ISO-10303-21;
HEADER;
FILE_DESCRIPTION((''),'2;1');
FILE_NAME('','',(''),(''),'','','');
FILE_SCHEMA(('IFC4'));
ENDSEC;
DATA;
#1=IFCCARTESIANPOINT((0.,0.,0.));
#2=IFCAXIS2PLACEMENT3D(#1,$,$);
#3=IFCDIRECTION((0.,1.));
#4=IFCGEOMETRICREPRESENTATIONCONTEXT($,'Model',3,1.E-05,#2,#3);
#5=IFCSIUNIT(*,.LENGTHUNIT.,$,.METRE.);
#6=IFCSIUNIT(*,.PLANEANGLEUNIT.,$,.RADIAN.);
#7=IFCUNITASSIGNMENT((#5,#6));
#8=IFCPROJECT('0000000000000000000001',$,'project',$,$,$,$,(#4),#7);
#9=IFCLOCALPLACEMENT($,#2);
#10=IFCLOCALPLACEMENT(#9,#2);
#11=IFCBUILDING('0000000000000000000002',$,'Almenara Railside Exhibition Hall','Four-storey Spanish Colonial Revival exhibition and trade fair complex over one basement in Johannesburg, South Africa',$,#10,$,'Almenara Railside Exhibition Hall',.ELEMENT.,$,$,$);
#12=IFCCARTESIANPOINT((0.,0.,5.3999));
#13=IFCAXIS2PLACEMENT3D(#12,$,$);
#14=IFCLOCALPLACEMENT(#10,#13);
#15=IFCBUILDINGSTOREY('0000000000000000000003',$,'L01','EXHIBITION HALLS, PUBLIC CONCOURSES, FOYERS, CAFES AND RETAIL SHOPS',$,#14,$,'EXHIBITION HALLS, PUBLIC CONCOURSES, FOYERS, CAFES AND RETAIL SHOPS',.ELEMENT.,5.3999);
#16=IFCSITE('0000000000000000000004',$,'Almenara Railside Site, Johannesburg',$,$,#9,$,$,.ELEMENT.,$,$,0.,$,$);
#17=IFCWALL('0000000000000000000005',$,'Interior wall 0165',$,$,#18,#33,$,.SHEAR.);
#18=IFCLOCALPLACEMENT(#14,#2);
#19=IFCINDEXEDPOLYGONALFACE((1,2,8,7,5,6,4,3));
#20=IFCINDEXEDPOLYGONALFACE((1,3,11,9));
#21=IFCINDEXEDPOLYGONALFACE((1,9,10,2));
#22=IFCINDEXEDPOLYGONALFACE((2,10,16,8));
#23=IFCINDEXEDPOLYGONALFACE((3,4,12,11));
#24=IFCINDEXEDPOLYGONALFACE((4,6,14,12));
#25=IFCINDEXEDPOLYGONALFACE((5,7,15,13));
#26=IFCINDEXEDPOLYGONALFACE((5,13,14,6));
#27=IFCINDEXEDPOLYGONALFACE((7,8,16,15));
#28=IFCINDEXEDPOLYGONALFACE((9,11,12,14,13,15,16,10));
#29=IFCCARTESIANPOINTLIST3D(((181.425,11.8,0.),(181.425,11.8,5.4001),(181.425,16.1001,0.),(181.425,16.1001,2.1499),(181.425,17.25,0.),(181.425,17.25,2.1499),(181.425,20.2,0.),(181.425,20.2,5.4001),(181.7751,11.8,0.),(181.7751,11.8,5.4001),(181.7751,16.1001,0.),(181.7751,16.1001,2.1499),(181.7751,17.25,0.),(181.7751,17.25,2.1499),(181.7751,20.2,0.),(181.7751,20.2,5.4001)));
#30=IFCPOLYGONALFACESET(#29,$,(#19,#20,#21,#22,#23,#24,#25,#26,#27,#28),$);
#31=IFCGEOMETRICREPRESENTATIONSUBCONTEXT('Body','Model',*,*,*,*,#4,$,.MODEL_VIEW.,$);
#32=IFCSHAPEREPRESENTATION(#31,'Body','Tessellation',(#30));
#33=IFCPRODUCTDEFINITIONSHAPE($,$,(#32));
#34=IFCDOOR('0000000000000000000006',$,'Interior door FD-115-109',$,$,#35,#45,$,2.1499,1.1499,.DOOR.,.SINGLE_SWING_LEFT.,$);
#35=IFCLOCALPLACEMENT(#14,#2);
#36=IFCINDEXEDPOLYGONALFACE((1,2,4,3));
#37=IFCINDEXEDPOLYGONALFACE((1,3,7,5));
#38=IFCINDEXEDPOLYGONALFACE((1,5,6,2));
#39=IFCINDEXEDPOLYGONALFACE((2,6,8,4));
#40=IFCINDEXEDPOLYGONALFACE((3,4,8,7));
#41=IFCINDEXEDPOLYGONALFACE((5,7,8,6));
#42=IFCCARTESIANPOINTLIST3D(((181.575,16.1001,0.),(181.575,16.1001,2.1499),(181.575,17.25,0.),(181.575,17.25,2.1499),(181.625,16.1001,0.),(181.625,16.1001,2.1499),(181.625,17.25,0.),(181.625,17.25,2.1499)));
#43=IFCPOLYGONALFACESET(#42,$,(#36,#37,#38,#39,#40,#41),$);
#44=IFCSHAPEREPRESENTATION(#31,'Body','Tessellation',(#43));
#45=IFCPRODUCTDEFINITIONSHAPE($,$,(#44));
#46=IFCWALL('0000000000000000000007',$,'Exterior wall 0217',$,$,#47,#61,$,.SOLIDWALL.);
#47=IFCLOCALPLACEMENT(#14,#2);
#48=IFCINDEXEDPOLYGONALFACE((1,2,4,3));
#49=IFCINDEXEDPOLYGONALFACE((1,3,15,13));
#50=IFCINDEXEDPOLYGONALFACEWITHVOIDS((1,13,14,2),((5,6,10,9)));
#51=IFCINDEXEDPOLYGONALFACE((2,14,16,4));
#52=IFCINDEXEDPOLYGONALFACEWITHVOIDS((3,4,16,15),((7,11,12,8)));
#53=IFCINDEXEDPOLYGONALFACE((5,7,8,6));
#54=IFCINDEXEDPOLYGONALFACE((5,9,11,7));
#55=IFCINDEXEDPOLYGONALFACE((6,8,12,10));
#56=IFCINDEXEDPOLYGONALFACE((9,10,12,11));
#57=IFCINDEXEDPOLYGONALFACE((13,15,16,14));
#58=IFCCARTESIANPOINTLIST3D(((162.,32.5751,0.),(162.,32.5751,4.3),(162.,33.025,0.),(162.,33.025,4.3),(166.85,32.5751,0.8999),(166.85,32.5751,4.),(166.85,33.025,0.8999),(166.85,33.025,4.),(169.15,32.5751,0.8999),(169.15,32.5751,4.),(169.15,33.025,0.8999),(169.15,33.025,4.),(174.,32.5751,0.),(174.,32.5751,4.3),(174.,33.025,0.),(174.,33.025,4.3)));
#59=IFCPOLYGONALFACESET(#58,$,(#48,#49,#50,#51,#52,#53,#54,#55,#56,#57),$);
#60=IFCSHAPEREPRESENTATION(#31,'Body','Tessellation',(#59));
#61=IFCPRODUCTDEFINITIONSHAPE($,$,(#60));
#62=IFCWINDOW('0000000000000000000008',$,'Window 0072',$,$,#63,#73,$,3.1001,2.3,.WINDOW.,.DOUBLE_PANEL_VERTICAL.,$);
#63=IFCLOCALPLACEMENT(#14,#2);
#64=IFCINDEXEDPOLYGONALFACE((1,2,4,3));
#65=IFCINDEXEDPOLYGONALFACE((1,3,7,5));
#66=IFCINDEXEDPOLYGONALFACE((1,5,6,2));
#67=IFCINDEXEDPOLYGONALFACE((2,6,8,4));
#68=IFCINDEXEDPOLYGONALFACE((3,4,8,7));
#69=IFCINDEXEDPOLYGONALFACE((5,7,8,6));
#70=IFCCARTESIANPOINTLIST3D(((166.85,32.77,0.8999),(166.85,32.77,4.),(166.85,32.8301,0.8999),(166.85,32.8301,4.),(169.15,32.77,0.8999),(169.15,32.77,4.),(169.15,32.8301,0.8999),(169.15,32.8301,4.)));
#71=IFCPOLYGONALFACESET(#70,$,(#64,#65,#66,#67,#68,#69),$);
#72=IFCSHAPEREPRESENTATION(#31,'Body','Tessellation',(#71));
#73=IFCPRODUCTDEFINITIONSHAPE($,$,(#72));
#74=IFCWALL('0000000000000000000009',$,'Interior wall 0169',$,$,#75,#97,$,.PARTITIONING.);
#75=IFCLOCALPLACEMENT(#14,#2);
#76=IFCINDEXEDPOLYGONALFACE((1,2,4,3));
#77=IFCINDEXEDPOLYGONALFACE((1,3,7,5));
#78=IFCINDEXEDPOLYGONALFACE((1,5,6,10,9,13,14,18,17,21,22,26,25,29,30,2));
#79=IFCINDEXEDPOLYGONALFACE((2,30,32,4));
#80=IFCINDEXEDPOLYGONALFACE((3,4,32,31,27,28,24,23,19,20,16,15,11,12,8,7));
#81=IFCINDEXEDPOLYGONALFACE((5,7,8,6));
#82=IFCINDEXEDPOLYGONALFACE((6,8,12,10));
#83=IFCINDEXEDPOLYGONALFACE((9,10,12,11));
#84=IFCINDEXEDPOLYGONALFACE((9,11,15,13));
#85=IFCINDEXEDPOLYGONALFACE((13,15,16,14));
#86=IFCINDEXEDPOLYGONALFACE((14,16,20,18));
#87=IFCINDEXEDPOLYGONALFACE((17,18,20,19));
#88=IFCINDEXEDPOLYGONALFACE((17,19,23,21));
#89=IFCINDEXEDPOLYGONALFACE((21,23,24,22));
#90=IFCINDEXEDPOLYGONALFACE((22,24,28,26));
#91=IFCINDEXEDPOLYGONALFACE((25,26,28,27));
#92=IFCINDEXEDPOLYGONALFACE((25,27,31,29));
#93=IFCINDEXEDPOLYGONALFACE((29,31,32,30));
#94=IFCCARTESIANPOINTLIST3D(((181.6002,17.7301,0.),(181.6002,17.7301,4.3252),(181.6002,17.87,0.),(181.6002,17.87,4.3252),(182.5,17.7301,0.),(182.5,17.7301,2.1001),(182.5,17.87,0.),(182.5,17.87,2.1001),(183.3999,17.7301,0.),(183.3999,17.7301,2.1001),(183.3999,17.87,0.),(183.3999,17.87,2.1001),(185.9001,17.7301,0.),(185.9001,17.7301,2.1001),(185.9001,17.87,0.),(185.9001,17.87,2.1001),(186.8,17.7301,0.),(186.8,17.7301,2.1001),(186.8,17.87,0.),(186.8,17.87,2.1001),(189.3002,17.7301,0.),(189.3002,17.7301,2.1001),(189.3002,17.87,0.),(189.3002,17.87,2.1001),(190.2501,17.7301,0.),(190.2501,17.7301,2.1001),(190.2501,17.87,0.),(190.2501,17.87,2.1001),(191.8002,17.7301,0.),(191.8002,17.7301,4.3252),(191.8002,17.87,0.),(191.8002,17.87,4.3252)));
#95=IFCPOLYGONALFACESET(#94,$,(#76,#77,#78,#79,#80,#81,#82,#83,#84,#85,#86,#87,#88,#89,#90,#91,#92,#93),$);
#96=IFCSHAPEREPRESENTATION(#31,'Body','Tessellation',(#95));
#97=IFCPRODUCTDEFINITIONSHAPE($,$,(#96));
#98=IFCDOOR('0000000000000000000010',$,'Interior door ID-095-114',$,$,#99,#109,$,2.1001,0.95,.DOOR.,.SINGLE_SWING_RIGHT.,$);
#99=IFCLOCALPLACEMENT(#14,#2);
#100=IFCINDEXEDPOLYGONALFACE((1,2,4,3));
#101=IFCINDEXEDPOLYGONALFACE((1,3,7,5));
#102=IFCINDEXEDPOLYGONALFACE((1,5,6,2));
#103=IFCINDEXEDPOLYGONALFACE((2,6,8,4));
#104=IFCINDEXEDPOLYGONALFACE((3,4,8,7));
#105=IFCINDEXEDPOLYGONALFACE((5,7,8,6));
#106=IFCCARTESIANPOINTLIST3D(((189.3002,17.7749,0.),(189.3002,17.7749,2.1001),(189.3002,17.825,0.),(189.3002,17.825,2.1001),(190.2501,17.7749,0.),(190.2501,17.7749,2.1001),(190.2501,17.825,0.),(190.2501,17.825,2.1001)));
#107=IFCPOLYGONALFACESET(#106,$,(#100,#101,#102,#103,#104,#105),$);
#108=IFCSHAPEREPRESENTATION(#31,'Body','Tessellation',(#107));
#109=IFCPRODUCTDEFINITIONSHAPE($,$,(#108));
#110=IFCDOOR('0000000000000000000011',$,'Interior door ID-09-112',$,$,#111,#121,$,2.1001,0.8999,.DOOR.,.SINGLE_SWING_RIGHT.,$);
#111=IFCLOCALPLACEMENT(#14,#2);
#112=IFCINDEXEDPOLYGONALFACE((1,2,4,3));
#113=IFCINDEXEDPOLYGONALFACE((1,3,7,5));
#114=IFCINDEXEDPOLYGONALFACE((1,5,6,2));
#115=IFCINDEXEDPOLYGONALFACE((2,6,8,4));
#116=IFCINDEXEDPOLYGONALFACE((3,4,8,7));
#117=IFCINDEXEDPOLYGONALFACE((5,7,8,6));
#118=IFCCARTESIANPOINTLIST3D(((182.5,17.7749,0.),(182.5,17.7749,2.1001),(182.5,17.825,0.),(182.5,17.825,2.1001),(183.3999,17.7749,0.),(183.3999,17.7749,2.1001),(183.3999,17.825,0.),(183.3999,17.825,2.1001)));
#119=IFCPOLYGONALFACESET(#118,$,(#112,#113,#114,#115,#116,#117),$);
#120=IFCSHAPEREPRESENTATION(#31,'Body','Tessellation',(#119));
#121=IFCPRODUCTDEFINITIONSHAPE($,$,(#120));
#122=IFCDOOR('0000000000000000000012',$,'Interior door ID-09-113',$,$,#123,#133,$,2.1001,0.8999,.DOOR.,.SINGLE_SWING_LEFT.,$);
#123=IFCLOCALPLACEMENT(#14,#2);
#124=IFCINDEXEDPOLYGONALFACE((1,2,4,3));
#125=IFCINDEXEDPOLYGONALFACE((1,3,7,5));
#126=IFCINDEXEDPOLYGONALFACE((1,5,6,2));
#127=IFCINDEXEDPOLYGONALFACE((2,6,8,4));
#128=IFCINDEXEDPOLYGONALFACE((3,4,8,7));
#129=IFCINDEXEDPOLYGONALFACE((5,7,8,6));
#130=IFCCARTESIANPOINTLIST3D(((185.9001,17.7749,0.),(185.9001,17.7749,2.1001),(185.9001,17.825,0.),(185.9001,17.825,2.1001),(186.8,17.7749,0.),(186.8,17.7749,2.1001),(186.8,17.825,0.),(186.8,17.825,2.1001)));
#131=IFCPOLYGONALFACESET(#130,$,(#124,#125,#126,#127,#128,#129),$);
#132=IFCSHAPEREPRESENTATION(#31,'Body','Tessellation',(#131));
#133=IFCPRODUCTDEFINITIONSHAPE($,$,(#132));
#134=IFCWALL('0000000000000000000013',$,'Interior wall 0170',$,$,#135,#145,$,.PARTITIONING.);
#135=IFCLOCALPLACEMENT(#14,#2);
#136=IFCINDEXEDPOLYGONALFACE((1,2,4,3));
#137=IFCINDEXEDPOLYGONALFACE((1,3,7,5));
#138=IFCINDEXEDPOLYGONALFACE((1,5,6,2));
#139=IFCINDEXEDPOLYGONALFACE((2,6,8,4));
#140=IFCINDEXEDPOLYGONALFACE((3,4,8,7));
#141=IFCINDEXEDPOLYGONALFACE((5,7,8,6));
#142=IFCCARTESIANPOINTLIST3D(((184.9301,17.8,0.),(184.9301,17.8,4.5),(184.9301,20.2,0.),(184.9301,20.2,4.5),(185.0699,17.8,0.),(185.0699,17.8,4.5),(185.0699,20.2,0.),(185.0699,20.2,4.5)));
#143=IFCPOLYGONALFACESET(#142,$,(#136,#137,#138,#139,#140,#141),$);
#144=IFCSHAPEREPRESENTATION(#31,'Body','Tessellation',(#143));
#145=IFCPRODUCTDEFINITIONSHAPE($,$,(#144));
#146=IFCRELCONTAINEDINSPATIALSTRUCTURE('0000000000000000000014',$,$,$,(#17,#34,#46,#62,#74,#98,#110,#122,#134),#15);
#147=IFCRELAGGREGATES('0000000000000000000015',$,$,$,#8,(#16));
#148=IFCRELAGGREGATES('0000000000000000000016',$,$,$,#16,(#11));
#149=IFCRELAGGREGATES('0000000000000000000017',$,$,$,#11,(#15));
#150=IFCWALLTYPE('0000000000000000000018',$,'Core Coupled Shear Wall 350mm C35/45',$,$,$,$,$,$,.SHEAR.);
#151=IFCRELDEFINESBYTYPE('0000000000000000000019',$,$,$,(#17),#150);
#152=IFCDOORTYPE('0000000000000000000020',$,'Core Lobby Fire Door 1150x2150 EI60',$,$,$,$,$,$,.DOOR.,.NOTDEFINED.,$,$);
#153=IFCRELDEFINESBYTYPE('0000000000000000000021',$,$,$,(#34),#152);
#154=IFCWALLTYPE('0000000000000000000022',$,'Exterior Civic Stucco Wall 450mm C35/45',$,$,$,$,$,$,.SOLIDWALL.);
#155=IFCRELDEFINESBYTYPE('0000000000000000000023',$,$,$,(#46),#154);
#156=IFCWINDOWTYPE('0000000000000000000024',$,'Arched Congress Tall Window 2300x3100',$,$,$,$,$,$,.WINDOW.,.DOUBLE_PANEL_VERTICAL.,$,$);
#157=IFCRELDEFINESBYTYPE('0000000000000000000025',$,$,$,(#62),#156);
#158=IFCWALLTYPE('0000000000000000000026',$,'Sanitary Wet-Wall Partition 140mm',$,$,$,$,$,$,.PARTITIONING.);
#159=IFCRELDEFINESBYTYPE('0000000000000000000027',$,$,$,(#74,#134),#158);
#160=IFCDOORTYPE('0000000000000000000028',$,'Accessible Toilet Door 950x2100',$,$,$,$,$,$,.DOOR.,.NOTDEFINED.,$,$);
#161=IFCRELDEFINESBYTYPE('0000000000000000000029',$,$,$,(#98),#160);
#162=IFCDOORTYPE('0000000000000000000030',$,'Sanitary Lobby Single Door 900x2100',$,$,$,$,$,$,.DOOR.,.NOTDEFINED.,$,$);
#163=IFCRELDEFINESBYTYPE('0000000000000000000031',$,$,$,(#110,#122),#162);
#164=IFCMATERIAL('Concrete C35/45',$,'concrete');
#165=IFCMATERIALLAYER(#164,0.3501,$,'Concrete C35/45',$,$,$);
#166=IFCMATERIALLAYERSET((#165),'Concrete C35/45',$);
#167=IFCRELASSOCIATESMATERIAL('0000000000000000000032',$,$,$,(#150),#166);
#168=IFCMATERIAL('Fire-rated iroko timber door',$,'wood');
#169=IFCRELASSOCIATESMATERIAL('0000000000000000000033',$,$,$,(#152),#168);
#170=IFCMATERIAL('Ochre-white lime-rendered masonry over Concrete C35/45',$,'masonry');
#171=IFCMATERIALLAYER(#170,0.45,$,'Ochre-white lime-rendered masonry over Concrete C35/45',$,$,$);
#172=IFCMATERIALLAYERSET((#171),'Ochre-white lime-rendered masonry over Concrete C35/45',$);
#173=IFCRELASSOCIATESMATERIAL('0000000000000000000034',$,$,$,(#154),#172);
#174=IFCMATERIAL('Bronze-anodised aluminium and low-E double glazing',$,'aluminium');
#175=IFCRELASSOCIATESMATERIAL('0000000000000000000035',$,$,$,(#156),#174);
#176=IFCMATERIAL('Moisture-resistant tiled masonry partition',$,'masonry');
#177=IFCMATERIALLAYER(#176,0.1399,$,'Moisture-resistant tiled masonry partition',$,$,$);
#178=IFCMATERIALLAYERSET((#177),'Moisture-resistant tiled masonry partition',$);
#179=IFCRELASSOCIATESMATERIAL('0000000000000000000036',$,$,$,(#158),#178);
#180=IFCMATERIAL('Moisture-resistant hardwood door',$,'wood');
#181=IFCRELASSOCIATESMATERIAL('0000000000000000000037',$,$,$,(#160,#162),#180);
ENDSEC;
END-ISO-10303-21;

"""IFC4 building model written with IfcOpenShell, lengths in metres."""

from ifc_helpers import new_model, si_unit, direction, frame, frame_2d, origin, place, context, subcontext, project, spatial, rectangle, extrude, material, layer, layer_set, type_object, element, fill, save


model = new_model("IFC4")

# Units and contexts
model_context = context("Model", 3, precision=1e-05, world=origin(), true_north=direction((0.0, 1.0)))
body_context = subcontext(model_context, "Body", "Model", "MODEL_VIEW")
ifc_project = project(units=[si_unit("LENGTHUNIT", "METRE"), si_unit("PLANEANGLEUNIT", "RADIAN")], contexts=[model_context])

# Site, building, storey
site_placement = place(None, origin())
site = spatial("IfcSite", under=ifc_project, at=site_placement, Name="Almenara Railside Site, Johannesburg", CompositionType="ELEMENT", RefElevation=0.0)
building_placement = place(site_placement, origin())
building = spatial("IfcBuilding", under=site, at=building_placement, Name="Almenara Railside Exhibition Hall", Description="Four-storey Spanish Colonial Revival exhibition and trade fair complex over one basement in Johannesburg, South Africa", LongName="Almenara Railside Exhibition Hall", CompositionType="ELEMENT")
storey_placement = place(building_placement, frame((0.0, 0.0, 5.3999)))
storey = spatial("IfcBuildingStorey", under=building, at=storey_placement, Name="L01", Description="EXHIBITION HALLS, PUBLIC CONCOURSES, FOYERS, CAFES AND RETAIL SHOPS", LongName="EXHIBITION HALLS, PUBLIC CONCOURSES, FOYERS, CAFES AND RETAIL SHOPS", CompositionType="ELEMENT", Elevation=5.3999)

# Shared definitions
ifc_material_1 = material(Name="Concrete C35/45", Category="concrete")

# Shared definitions
ifc_material_2 = material(Name="Bronze-anodised aluminium and low-E double glazing", Category="aluminium")

# Wall, opening, door
ifc_layer_1 = layer(ifc_material_1, 0.3501, Name="Concrete C35/45")
ifc_layer_set_1 = layer_set([ifc_layer_1], Name="Concrete C35/45")
wall_type_1 = type_object("IfcWallType", Name="Core Coupled Shear Wall 350mm C35/45", PredefinedType="SHEAR", material=ifc_layer_set_1)
wall_1_placement = place(storey_placement, frame((181.6001, 20.2, 0.0), z_axis=(0.0, 0.0, 1.0), x_axis=(0.0, -1.0, 0.0)))
wall_1 = element("IfcWall", 1, at=wall_1_placement, inside=storey, type_object=wall_type_1, Name="Interior wall 0165", PredefinedType="SHEAR", context=body_context, shape_type="SweptSolid", body=[
    extrude(rectangle(XDim=8.3999, YDim=0.3501, at=frame_2d((4.2, 0.0))), origin(), (0.0, 0.0, 1.0), 5.4001),
])
opening_1_placement = place(wall_1_placement, frame((2.95, 0.0, 0.0)))
opening_1 = element("IfcOpeningElement", 2, at=opening_1_placement, cuts=wall_1, PredefinedType="OPENING", context=body_context, shape_type="SweptSolid", body=[
    extrude(rectangle(XDim=1.1499, YDim=2.1499, at=frame_2d((0.575, 1.075))), frame((0.0, 0.1851, 0.0), z_axis=(0.0, -1.0, 0.0), x_axis=(1.0, 0.0, 0.0)), (0.0, 0.0, 1.0), 0.3701),
])
ifc_material_3 = material(Name="Fire-rated iroko timber door", Category="wood")
door_type_1 = type_object("IfcDoorType", Name="Core Lobby Fire Door 1150x2150 EI60", OperationType="NOTDEFINED", PredefinedType="DOOR", material=ifc_material_3)
door_1_placement = place(opening_1_placement, origin())
door_1 = element("IfcDoor", 3, at=door_1_placement, inside=storey, type_object=door_type_1, Name="Interior door FD-115-109", OperationType="SINGLE_SWING_LEFT", OverallHeight=2.1499, OverallWidth=1.1499, PredefinedType="DOOR", context=body_context, shape_type="SweptSolid", body=[
    extrude(rectangle(XDim=1.1499, YDim=2.1499, at=frame_2d((0.575, 1.075))), frame((0.0, 0.0249, 0.0), z_axis=(0.0, -1.0, 0.0), x_axis=(1.0, 0.0, 0.0)), (0.0, 0.0, 1.0), 0.05),
])
fill(opening_1, door_1)

# Wall, opening, window
ifc_material_4 = material(Name="Ochre-white lime-rendered masonry over Concrete C35/45", Category="masonry")
ifc_layer_2 = layer(ifc_material_4, 0.45, Name="Ochre-white lime-rendered masonry over Concrete C35/45")
ifc_layer_set_2 = layer_set([ifc_layer_2], Name="Ochre-white lime-rendered masonry over Concrete C35/45")
wall_type_2 = type_object("IfcWallType", Name="Exterior Civic Stucco Wall 450mm C35/45", PredefinedType="SOLIDWALL", material=ifc_layer_set_2)
wall_2_placement = place(storey_placement, frame((174.0, 32.8, 0.0), z_axis=(0.0, 0.0, 1.0), x_axis=(-1.0, 0.0, 0.0)))
wall_2 = element("IfcWall", 4, at=wall_2_placement, inside=storey, type_object=wall_type_2, Name="Exterior wall 0217", PredefinedType="SOLIDWALL", context=body_context, shape_type="SweptSolid", body=[
    extrude(rectangle(XDim=12.0, YDim=0.45, at=frame_2d((6.0, 0.0))), origin(), (0.0, 0.0, 1.0), 4.3),
])
opening_2_placement = place(wall_2_placement, frame((4.8501, 0.0, 0.8999)))
opening_2 = element("IfcOpeningElement", 5, at=opening_2_placement, cuts=wall_2, PredefinedType="OPENING", context=body_context, shape_type="SweptSolid", body=[
    extrude(rectangle(XDim=2.3, YDim=3.1001, at=frame_2d((1.1499, 1.55))), frame((0.0, 0.2349, 0.0), z_axis=(0.0, -1.0, 0.0), x_axis=(1.0, 0.0, 0.0)), (0.0, 0.0, 1.0), 0.47),
])
window_type = type_object("IfcWindowType", Name="Arched Congress Tall Window 2300x3100", PartitioningType="DOUBLE_PANEL_VERTICAL", PredefinedType="WINDOW", material=ifc_material_2)
window_placement = place(opening_2_placement, origin())
window = element("IfcWindow", 6, at=window_placement, inside=storey, type_object=window_type, Name="Window 0072", OverallHeight=3.1001, OverallWidth=2.3, PartitioningType="DOUBLE_PANEL_VERTICAL", PredefinedType="WINDOW", context=body_context, shape_type="SweptSolid", body=[
    extrude(rectangle(XDim=2.3, YDim=3.1001, at=frame_2d((1.1499, 1.55))), frame((0.0, 0.03, 0.0), z_axis=(0.0, -1.0, 0.0), x_axis=(1.0, 0.0, 0.0)), (0.0, 0.0, 1.0), 0.0601),
])
fill(opening_2, window)

# Wall, openings, doors
ifc_material_5 = material(Name="Moisture-resistant tiled masonry partition", Category="masonry")
ifc_layer_3 = layer(ifc_material_5, 0.1399, Name="Moisture-resistant tiled masonry partition")
ifc_layer_set_3 = layer_set([ifc_layer_3], Name="Moisture-resistant tiled masonry partition")
wall_type_3 = type_object("IfcWallType", Name="Sanitary Wet-Wall Partition 140mm", PredefinedType="PARTITIONING", material=ifc_layer_set_3)
wall_3_placement = place(storey_placement, frame((181.6001, 17.8, 0.0), z_axis=(0.0, 0.0, 1.0), x_axis=(1.0, 0.0, 0.0)))
wall_3 = element("IfcWall", 7, at=wall_3_placement, inside=storey, type_object=wall_type_3, Name="Interior wall 0169", PredefinedType="PARTITIONING", context=body_context, shape_type="SweptSolid", body=[
    extrude(rectangle(XDim=10.2, YDim=0.1399, at=frame_2d((5.1001, 0.0))), origin(), (0.0, 0.0, 1.0), 4.3252),
])
opening_3_placement = place(wall_3_placement, frame((0.8999, 0.0, 0.0)))
opening_3 = element("IfcOpeningElement", 8, at=opening_3_placement, cuts=wall_3, PredefinedType="OPENING", context=body_context, shape_type="SweptSolid", body=[
    extrude(rectangle(XDim=0.8999, YDim=2.1001, at=frame_2d((0.45, 1.05))), frame((0.0, 0.0798, 0.0), z_axis=(0.0, -1.0, 0.0), x_axis=(1.0, 0.0, 0.0)), (0.0, 0.0, 1.0), 0.1599),
])
opening_4_placement = place(wall_3_placement, frame((4.3, 0.0, 0.0)))
opening_4 = element("IfcOpeningElement", 9, at=opening_4_placement, cuts=wall_3, PredefinedType="OPENING", context=body_context, shape_type="SweptSolid", body=[
    extrude(rectangle(XDim=0.8999, YDim=2.1001, at=frame_2d((0.45, 1.05))), frame((0.0, 0.0798, 0.0), z_axis=(0.0, -1.0, 0.0), x_axis=(1.0, 0.0, 0.0)), (0.0, 0.0, 1.0), 0.1599),
])
opening_5_placement = place(wall_3_placement, frame((7.7, 0.0, 0.0)))
opening_5 = element("IfcOpeningElement", 10, at=opening_5_placement, cuts=wall_3, PredefinedType="OPENING", context=body_context, shape_type="SweptSolid", body=[
    extrude(rectangle(XDim=0.95, YDim=2.1001, at=frame_2d((0.4751, 1.05))), frame((0.0, 0.0798, 0.0), z_axis=(0.0, -1.0, 0.0), x_axis=(1.0, 0.0, 0.0)), (0.0, 0.0, 1.0), 0.1599),
])
ifc_material_6 = material(Name="Moisture-resistant hardwood door", Category="wood")
door_type_2 = type_object("IfcDoorType", Name="Accessible Toilet Door 950x2100", OperationType="NOTDEFINED", PredefinedType="DOOR", material=ifc_material_6)
door_2_placement = place(opening_5_placement, origin())
door_2 = element("IfcDoor", 11, at=door_2_placement, inside=storey, type_object=door_type_2, Name="Interior door ID-095-114", OperationType="SINGLE_SWING_RIGHT", OverallHeight=2.1001, OverallWidth=0.95, PredefinedType="DOOR", context=body_context, shape_type="SweptSolid", body=[
    extrude(rectangle(XDim=0.95, YDim=2.1001, at=frame_2d((0.4751, 1.05))), frame((0.0, 0.0249, 0.0), z_axis=(0.0, -1.0, 0.0), x_axis=(1.0, 0.0, 0.0)), (0.0, 0.0, 1.0), 0.05),
])
fill(opening_5, door_2)
door_type_3 = type_object("IfcDoorType", Name="Sanitary Lobby Single Door 900x2100", OperationType="NOTDEFINED", PredefinedType="DOOR", material=ifc_material_6)
door_3_placement = place(opening_3_placement, origin())
door_3 = element("IfcDoor", 12, at=door_3_placement, inside=storey, type_object=door_type_3, Name="Interior door ID-09-112", OperationType="SINGLE_SWING_RIGHT", OverallHeight=2.1001, OverallWidth=0.8999, PredefinedType="DOOR", context=body_context, shape_type="SweptSolid", body=[
    extrude(rectangle(XDim=0.8999, YDim=2.1001, at=frame_2d((0.45, 1.05))), frame((0.0, 0.0249, 0.0), z_axis=(0.0, -1.0, 0.0), x_axis=(1.0, 0.0, 0.0)), (0.0, 0.0, 1.0), 0.05),
])
fill(opening_3, door_3)
door_4_placement = place(opening_4_placement, origin())
door_4 = element("IfcDoor", 13, at=door_4_placement, inside=storey, type_object=door_type_3, Name="Interior door ID-09-113", OperationType="SINGLE_SWING_LEFT", OverallHeight=2.1001, OverallWidth=0.8999, PredefinedType="DOOR", context=body_context, shape_type="SweptSolid", body=[
    extrude(rectangle(XDim=0.8999, YDim=2.1001, at=frame_2d((0.45, 1.05))), frame((0.0, 0.0249, 0.0), z_axis=(0.0, -1.0, 0.0), x_axis=(1.0, 0.0, 0.0)), (0.0, 0.0, 1.0), 0.05),
])
fill(opening_4, door_4)

# Wall
wall_4_placement = place(storey_placement, frame((185.0, 17.8, 0.0), z_axis=(0.0, 0.0, 1.0), x_axis=(0.0, 1.0, 0.0)))
element("IfcWall", 14, at=wall_4_placement, inside=storey, type_object=wall_type_3, Name="Interior wall 0170", PredefinedType="PARTITIONING", context=body_context, shape_type="SweptSolid", body=[
    extrude(rectangle(XDim=2.3999, YDim=0.1399, at=frame_2d((1.2, 0.0))), origin(), (0.0, 0.0, 1.0), 4.5),
])

save(model, "model.ifc")
